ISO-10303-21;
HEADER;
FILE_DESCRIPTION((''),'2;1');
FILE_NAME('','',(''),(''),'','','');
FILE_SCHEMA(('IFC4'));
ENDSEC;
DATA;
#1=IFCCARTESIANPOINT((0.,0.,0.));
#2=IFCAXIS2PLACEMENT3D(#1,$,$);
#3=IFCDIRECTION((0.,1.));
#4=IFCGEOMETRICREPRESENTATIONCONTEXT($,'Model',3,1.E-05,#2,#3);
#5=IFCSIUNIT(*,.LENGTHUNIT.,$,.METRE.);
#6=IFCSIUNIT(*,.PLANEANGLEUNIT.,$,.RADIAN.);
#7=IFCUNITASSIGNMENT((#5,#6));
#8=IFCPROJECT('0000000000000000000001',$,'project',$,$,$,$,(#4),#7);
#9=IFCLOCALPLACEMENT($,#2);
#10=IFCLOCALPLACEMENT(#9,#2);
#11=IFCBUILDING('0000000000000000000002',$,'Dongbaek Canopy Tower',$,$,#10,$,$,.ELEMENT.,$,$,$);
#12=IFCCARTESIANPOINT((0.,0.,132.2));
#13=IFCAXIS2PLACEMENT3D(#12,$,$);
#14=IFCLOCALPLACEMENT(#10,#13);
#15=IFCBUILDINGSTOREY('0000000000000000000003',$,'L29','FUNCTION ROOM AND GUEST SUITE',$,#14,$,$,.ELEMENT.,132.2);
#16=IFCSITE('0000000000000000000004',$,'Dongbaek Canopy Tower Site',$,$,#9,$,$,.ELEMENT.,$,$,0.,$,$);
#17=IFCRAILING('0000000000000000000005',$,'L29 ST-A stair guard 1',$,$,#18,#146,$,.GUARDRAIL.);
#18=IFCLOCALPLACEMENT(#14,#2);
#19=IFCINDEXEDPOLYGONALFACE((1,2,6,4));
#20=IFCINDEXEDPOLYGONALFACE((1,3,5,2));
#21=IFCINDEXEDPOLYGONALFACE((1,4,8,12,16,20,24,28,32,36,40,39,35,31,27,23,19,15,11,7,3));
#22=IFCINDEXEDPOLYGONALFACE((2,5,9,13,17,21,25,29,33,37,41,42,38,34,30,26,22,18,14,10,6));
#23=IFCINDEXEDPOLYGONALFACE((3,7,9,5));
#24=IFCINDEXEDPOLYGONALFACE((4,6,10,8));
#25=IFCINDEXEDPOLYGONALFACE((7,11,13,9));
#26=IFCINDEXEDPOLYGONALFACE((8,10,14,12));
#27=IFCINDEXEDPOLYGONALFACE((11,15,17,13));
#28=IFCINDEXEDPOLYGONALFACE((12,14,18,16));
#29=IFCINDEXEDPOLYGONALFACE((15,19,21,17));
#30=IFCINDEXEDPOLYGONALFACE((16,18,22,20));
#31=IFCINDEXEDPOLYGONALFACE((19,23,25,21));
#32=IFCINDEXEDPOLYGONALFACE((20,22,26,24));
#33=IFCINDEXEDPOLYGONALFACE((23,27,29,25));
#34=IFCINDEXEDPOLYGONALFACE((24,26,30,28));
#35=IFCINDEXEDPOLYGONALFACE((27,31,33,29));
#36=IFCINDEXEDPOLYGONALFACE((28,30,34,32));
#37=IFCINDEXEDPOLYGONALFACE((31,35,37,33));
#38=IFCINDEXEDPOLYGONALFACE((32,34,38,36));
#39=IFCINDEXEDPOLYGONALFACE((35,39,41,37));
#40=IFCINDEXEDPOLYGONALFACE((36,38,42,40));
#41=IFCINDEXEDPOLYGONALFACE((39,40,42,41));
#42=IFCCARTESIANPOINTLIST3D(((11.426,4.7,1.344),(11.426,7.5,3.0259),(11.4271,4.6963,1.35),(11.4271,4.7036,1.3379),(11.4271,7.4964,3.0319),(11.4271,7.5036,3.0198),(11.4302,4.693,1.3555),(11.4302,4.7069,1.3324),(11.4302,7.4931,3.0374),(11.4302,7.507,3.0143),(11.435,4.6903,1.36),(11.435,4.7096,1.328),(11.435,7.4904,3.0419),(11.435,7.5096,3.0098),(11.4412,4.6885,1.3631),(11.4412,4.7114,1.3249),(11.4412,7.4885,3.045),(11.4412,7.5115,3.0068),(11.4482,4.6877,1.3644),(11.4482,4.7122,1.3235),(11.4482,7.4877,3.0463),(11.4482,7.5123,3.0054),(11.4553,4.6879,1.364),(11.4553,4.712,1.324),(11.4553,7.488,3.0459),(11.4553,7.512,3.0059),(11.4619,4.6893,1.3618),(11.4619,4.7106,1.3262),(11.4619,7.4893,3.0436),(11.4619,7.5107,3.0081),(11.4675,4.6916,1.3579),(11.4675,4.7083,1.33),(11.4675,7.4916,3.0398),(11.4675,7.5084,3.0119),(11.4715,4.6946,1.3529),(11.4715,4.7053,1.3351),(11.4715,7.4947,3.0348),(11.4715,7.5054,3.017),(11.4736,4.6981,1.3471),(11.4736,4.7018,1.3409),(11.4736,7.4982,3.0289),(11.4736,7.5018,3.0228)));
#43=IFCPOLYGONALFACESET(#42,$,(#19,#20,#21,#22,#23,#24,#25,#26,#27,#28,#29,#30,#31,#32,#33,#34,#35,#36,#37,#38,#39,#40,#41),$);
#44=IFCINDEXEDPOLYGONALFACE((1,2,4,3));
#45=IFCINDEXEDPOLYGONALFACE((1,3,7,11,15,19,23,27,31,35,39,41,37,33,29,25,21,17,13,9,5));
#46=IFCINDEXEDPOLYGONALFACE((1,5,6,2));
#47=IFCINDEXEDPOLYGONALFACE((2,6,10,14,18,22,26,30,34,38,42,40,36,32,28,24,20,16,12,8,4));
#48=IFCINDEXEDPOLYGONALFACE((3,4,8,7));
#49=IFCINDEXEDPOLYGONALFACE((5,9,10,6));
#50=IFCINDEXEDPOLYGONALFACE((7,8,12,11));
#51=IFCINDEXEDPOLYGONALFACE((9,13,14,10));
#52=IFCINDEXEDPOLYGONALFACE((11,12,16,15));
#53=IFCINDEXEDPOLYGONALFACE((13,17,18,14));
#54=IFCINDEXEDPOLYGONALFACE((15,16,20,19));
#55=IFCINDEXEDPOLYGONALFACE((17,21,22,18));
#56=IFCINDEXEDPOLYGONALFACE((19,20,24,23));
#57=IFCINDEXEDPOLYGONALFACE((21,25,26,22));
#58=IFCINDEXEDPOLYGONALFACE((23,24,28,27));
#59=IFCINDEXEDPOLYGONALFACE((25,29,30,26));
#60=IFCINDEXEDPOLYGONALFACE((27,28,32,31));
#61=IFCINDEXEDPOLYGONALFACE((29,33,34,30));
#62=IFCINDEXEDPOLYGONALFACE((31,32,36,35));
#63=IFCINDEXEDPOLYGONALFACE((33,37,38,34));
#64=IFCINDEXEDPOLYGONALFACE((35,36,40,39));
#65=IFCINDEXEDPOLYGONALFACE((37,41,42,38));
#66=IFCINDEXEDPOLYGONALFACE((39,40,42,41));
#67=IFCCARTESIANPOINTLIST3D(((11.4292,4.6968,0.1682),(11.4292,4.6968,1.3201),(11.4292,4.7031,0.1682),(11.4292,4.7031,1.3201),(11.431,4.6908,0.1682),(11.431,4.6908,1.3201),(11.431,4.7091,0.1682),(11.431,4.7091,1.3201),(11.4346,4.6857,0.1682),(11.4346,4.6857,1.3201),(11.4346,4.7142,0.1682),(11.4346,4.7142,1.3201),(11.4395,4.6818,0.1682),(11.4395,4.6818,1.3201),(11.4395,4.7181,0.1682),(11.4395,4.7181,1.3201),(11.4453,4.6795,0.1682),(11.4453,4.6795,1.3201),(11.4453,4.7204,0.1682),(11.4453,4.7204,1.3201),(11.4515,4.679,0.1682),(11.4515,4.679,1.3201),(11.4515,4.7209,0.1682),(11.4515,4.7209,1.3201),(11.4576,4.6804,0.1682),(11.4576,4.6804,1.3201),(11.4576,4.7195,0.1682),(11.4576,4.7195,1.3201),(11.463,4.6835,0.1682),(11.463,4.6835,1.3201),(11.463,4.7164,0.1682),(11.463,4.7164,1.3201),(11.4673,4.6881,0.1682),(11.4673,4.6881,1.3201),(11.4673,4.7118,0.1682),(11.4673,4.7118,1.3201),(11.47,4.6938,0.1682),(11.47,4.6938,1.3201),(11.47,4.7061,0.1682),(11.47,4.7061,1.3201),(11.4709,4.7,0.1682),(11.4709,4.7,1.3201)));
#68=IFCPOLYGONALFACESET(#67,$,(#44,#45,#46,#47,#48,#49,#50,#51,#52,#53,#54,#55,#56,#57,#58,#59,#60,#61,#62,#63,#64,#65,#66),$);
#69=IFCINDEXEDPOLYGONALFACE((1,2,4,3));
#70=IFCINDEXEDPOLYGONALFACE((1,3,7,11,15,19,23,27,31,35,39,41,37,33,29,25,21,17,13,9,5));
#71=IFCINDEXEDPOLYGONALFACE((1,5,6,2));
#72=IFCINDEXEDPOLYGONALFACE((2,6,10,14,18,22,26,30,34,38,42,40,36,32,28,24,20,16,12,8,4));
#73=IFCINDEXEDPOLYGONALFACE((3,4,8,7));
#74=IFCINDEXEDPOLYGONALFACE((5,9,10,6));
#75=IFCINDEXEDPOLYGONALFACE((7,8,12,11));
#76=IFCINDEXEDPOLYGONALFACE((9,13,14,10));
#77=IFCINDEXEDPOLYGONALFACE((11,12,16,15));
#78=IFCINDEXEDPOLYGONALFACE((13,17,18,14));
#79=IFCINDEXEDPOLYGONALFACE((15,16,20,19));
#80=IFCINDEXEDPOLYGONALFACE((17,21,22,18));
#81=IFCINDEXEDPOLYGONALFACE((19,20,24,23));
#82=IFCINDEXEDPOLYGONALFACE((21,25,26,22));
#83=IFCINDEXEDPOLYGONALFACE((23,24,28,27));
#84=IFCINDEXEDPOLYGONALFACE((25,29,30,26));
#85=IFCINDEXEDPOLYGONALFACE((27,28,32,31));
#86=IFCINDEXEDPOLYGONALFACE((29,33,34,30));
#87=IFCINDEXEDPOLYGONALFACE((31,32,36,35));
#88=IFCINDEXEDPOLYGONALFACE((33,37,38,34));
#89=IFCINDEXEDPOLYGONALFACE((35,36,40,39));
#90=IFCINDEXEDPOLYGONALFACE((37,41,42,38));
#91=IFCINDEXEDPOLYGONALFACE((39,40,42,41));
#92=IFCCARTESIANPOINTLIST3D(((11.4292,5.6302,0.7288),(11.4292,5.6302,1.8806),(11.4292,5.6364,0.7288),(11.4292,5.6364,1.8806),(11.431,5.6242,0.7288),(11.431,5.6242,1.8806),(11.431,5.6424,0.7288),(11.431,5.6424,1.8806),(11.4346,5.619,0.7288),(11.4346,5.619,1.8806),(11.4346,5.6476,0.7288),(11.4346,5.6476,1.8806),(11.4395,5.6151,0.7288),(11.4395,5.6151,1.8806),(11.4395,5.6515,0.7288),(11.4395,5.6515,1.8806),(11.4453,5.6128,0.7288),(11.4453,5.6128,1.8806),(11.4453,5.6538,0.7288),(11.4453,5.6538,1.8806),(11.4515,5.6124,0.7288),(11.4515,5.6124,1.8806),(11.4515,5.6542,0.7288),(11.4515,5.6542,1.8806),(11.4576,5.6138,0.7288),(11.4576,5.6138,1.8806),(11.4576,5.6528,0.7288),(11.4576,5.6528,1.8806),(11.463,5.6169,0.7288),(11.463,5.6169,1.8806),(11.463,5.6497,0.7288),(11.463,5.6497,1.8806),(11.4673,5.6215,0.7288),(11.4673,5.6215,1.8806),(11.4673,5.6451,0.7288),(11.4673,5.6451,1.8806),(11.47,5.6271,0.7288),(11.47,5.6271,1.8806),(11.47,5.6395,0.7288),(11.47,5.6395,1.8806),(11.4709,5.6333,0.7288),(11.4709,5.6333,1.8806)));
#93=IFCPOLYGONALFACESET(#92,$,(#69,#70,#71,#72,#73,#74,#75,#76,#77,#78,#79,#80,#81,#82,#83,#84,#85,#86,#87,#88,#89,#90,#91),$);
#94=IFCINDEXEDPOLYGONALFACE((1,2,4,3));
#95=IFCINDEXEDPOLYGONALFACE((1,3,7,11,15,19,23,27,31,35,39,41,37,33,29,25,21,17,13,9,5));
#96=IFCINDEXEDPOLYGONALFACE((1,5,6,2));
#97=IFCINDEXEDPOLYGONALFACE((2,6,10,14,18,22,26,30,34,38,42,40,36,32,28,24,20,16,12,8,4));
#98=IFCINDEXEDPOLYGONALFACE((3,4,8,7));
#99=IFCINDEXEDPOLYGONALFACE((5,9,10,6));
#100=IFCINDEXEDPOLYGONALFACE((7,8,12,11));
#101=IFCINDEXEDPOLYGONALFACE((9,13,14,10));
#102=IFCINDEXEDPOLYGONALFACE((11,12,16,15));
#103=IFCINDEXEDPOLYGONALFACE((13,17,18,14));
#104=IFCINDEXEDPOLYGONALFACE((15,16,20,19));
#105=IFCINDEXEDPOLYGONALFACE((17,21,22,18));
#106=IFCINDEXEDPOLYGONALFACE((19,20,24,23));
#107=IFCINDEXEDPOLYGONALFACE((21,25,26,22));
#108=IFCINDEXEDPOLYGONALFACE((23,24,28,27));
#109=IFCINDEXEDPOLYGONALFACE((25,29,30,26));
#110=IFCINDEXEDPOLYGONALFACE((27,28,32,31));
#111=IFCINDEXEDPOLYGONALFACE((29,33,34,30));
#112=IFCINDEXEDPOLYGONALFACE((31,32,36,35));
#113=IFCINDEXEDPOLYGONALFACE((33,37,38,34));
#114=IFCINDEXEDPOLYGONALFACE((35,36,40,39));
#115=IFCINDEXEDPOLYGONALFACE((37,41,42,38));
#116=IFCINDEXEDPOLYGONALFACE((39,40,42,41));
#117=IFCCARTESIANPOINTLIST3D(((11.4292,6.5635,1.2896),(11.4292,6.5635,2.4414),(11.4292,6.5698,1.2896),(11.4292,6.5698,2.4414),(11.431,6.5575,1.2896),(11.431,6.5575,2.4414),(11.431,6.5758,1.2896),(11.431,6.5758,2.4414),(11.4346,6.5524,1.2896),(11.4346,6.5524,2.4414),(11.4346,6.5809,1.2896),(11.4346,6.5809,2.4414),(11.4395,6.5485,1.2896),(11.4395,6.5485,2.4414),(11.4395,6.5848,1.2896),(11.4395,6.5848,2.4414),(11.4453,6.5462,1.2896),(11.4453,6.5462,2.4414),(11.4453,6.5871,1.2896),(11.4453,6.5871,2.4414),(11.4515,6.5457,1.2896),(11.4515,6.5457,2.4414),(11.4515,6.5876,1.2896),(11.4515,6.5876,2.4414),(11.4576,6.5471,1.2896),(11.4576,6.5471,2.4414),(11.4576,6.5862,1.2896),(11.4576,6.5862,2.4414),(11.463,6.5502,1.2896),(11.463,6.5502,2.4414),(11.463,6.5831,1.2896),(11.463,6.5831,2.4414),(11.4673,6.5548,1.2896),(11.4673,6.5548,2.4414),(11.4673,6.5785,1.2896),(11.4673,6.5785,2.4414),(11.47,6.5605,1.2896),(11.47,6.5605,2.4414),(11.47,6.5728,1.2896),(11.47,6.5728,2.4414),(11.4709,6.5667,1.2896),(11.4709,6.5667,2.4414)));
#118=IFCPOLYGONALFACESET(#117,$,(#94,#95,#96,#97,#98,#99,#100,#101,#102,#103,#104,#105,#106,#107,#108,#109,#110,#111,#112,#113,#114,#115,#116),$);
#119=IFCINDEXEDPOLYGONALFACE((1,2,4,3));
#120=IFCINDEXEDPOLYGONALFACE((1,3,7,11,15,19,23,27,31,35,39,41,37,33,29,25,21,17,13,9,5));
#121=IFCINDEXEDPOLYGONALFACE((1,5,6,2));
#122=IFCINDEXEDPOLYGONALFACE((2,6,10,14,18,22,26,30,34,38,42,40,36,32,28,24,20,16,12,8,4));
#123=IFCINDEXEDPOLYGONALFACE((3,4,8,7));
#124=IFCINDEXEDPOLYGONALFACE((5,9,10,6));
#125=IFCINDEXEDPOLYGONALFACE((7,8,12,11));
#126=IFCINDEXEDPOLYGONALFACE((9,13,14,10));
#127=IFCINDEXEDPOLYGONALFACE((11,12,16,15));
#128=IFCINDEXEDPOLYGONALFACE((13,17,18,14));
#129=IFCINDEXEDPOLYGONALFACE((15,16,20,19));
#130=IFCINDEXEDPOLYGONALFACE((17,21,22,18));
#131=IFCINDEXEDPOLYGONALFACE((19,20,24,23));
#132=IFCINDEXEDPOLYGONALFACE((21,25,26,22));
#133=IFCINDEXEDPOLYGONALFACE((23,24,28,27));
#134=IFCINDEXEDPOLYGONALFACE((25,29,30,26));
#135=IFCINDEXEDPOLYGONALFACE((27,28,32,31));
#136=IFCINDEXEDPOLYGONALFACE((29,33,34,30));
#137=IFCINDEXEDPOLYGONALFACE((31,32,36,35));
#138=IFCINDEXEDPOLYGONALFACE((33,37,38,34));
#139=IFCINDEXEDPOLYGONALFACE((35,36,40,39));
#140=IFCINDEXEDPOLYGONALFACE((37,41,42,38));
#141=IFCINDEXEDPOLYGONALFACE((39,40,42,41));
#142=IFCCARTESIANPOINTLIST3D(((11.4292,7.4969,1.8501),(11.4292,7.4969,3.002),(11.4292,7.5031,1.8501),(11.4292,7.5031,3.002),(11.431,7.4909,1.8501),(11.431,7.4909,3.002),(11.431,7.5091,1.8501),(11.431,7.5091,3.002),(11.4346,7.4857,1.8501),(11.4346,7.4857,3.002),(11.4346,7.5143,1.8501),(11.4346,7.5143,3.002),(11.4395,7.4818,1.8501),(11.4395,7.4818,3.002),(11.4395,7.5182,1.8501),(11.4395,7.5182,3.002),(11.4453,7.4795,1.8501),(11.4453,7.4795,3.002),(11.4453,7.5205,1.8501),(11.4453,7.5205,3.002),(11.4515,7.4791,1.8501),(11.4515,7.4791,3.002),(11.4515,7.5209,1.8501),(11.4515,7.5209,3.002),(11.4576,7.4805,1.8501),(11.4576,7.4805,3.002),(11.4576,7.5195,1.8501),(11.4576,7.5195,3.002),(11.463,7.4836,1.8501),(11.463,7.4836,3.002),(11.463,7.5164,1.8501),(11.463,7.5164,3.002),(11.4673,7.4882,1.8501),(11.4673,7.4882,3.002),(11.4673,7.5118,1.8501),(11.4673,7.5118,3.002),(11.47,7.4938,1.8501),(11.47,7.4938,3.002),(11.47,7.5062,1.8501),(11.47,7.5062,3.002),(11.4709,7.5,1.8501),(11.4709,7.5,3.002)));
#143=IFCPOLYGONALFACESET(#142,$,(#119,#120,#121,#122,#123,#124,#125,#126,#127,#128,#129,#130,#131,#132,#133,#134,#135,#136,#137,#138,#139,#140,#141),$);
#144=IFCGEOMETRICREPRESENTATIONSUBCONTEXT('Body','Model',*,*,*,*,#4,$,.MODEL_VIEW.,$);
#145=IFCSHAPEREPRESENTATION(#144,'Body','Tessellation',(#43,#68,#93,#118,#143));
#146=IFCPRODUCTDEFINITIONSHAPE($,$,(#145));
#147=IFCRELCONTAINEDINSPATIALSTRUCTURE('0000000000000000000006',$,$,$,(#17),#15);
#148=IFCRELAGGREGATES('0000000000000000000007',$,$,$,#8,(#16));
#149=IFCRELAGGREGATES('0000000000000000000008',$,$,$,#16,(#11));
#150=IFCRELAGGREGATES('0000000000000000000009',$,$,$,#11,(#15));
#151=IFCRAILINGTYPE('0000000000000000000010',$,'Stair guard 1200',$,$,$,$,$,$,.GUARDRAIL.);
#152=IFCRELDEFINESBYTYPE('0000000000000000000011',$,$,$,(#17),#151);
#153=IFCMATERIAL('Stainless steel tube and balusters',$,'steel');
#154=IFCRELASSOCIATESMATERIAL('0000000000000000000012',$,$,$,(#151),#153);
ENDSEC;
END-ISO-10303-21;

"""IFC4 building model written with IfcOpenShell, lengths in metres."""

from ifc_helpers import new_model, si_unit, direction, frame, origin, origin_2d, place, context, subcontext, project, spatial, circle, extrude, material, type_object, element, save


model = new_model("IFC4")

# Units and contexts
model_context = context("Model", 3, precision=1e-05, world=origin(), true_north=direction((0.0, 1.0)))
body_context = subcontext(model_context, "Body", "Model", "MODEL_VIEW")
ifc_project = project(units=[si_unit("LENGTHUNIT", "METRE"), si_unit("PLANEANGLEUNIT", "RADIAN")], contexts=[model_context])

# Site, building, storey
site_placement = place(None, origin())
site = spatial("IfcSite", under=ifc_project, at=site_placement, Name="Dongbaek Canopy Tower Site", CompositionType="ELEMENT", RefElevation=0.0)
building_placement = place(site_placement, origin())
building = spatial("IfcBuilding", under=site, at=building_placement, Name="Dongbaek Canopy Tower", CompositionType="ELEMENT")
storey_placement = place(building_placement, frame((0.0, 0.0, 132.2)))
storey = spatial("IfcBuildingStorey", under=building, at=storey_placement, Name="L29", Description="FUNCTION ROOM AND GUEST SUITE", CompositionType="ELEMENT", Elevation=132.2)

# Railing
ifc_material_1 = material(Name="Stainless steel tube and balusters", Category="steel")
railing_type_1 = type_object("IfcRailingType", Name="Stair guard 1200", PredefinedType="GUARDRAIL", material=ifc_material_1)
railing_1_placement = place(storey_placement, frame((11.45, 4.7, 0.1682)))
element("IfcRailing", 1, at=railing_1_placement, inside=storey, type_object=railing_type_1, Name="L29 ST-A stair guard 1", PredefinedType="GUARDRAIL", context=body_context, shape_type="SweptSolid", body=[
    extrude(circle(Radius=0.0239, at=origin_2d()), frame((0.0, 0.0, 1.1758), z_axis=(0.0, 0.857242, 0.514913), x_axis=(-1.0, 0.0, 0.0)), (0.0, 0.0, 1.0), 3.2664),
    extrude(circle(Radius=0.021, at=origin_2d()), origin(), (0.0, 0.0, 1.0), 1.1519),
    extrude(circle(Radius=0.021, at=origin_2d()), frame((0.0, 0.9333, 0.5605)), (0.0, 0.0, 1.0), 1.1519),
    extrude(circle(Radius=0.021, at=origin_2d()), frame((0.0, 1.8667, 1.1213)), (0.0, 0.0, 1.0), 1.1519),
    extrude(circle(Radius=0.021, at=origin_2d()), frame((0.0, 2.8, 1.6819)), (0.0, 0.0, 1.0), 1.1519),
])

save(model, "model.ifc")
